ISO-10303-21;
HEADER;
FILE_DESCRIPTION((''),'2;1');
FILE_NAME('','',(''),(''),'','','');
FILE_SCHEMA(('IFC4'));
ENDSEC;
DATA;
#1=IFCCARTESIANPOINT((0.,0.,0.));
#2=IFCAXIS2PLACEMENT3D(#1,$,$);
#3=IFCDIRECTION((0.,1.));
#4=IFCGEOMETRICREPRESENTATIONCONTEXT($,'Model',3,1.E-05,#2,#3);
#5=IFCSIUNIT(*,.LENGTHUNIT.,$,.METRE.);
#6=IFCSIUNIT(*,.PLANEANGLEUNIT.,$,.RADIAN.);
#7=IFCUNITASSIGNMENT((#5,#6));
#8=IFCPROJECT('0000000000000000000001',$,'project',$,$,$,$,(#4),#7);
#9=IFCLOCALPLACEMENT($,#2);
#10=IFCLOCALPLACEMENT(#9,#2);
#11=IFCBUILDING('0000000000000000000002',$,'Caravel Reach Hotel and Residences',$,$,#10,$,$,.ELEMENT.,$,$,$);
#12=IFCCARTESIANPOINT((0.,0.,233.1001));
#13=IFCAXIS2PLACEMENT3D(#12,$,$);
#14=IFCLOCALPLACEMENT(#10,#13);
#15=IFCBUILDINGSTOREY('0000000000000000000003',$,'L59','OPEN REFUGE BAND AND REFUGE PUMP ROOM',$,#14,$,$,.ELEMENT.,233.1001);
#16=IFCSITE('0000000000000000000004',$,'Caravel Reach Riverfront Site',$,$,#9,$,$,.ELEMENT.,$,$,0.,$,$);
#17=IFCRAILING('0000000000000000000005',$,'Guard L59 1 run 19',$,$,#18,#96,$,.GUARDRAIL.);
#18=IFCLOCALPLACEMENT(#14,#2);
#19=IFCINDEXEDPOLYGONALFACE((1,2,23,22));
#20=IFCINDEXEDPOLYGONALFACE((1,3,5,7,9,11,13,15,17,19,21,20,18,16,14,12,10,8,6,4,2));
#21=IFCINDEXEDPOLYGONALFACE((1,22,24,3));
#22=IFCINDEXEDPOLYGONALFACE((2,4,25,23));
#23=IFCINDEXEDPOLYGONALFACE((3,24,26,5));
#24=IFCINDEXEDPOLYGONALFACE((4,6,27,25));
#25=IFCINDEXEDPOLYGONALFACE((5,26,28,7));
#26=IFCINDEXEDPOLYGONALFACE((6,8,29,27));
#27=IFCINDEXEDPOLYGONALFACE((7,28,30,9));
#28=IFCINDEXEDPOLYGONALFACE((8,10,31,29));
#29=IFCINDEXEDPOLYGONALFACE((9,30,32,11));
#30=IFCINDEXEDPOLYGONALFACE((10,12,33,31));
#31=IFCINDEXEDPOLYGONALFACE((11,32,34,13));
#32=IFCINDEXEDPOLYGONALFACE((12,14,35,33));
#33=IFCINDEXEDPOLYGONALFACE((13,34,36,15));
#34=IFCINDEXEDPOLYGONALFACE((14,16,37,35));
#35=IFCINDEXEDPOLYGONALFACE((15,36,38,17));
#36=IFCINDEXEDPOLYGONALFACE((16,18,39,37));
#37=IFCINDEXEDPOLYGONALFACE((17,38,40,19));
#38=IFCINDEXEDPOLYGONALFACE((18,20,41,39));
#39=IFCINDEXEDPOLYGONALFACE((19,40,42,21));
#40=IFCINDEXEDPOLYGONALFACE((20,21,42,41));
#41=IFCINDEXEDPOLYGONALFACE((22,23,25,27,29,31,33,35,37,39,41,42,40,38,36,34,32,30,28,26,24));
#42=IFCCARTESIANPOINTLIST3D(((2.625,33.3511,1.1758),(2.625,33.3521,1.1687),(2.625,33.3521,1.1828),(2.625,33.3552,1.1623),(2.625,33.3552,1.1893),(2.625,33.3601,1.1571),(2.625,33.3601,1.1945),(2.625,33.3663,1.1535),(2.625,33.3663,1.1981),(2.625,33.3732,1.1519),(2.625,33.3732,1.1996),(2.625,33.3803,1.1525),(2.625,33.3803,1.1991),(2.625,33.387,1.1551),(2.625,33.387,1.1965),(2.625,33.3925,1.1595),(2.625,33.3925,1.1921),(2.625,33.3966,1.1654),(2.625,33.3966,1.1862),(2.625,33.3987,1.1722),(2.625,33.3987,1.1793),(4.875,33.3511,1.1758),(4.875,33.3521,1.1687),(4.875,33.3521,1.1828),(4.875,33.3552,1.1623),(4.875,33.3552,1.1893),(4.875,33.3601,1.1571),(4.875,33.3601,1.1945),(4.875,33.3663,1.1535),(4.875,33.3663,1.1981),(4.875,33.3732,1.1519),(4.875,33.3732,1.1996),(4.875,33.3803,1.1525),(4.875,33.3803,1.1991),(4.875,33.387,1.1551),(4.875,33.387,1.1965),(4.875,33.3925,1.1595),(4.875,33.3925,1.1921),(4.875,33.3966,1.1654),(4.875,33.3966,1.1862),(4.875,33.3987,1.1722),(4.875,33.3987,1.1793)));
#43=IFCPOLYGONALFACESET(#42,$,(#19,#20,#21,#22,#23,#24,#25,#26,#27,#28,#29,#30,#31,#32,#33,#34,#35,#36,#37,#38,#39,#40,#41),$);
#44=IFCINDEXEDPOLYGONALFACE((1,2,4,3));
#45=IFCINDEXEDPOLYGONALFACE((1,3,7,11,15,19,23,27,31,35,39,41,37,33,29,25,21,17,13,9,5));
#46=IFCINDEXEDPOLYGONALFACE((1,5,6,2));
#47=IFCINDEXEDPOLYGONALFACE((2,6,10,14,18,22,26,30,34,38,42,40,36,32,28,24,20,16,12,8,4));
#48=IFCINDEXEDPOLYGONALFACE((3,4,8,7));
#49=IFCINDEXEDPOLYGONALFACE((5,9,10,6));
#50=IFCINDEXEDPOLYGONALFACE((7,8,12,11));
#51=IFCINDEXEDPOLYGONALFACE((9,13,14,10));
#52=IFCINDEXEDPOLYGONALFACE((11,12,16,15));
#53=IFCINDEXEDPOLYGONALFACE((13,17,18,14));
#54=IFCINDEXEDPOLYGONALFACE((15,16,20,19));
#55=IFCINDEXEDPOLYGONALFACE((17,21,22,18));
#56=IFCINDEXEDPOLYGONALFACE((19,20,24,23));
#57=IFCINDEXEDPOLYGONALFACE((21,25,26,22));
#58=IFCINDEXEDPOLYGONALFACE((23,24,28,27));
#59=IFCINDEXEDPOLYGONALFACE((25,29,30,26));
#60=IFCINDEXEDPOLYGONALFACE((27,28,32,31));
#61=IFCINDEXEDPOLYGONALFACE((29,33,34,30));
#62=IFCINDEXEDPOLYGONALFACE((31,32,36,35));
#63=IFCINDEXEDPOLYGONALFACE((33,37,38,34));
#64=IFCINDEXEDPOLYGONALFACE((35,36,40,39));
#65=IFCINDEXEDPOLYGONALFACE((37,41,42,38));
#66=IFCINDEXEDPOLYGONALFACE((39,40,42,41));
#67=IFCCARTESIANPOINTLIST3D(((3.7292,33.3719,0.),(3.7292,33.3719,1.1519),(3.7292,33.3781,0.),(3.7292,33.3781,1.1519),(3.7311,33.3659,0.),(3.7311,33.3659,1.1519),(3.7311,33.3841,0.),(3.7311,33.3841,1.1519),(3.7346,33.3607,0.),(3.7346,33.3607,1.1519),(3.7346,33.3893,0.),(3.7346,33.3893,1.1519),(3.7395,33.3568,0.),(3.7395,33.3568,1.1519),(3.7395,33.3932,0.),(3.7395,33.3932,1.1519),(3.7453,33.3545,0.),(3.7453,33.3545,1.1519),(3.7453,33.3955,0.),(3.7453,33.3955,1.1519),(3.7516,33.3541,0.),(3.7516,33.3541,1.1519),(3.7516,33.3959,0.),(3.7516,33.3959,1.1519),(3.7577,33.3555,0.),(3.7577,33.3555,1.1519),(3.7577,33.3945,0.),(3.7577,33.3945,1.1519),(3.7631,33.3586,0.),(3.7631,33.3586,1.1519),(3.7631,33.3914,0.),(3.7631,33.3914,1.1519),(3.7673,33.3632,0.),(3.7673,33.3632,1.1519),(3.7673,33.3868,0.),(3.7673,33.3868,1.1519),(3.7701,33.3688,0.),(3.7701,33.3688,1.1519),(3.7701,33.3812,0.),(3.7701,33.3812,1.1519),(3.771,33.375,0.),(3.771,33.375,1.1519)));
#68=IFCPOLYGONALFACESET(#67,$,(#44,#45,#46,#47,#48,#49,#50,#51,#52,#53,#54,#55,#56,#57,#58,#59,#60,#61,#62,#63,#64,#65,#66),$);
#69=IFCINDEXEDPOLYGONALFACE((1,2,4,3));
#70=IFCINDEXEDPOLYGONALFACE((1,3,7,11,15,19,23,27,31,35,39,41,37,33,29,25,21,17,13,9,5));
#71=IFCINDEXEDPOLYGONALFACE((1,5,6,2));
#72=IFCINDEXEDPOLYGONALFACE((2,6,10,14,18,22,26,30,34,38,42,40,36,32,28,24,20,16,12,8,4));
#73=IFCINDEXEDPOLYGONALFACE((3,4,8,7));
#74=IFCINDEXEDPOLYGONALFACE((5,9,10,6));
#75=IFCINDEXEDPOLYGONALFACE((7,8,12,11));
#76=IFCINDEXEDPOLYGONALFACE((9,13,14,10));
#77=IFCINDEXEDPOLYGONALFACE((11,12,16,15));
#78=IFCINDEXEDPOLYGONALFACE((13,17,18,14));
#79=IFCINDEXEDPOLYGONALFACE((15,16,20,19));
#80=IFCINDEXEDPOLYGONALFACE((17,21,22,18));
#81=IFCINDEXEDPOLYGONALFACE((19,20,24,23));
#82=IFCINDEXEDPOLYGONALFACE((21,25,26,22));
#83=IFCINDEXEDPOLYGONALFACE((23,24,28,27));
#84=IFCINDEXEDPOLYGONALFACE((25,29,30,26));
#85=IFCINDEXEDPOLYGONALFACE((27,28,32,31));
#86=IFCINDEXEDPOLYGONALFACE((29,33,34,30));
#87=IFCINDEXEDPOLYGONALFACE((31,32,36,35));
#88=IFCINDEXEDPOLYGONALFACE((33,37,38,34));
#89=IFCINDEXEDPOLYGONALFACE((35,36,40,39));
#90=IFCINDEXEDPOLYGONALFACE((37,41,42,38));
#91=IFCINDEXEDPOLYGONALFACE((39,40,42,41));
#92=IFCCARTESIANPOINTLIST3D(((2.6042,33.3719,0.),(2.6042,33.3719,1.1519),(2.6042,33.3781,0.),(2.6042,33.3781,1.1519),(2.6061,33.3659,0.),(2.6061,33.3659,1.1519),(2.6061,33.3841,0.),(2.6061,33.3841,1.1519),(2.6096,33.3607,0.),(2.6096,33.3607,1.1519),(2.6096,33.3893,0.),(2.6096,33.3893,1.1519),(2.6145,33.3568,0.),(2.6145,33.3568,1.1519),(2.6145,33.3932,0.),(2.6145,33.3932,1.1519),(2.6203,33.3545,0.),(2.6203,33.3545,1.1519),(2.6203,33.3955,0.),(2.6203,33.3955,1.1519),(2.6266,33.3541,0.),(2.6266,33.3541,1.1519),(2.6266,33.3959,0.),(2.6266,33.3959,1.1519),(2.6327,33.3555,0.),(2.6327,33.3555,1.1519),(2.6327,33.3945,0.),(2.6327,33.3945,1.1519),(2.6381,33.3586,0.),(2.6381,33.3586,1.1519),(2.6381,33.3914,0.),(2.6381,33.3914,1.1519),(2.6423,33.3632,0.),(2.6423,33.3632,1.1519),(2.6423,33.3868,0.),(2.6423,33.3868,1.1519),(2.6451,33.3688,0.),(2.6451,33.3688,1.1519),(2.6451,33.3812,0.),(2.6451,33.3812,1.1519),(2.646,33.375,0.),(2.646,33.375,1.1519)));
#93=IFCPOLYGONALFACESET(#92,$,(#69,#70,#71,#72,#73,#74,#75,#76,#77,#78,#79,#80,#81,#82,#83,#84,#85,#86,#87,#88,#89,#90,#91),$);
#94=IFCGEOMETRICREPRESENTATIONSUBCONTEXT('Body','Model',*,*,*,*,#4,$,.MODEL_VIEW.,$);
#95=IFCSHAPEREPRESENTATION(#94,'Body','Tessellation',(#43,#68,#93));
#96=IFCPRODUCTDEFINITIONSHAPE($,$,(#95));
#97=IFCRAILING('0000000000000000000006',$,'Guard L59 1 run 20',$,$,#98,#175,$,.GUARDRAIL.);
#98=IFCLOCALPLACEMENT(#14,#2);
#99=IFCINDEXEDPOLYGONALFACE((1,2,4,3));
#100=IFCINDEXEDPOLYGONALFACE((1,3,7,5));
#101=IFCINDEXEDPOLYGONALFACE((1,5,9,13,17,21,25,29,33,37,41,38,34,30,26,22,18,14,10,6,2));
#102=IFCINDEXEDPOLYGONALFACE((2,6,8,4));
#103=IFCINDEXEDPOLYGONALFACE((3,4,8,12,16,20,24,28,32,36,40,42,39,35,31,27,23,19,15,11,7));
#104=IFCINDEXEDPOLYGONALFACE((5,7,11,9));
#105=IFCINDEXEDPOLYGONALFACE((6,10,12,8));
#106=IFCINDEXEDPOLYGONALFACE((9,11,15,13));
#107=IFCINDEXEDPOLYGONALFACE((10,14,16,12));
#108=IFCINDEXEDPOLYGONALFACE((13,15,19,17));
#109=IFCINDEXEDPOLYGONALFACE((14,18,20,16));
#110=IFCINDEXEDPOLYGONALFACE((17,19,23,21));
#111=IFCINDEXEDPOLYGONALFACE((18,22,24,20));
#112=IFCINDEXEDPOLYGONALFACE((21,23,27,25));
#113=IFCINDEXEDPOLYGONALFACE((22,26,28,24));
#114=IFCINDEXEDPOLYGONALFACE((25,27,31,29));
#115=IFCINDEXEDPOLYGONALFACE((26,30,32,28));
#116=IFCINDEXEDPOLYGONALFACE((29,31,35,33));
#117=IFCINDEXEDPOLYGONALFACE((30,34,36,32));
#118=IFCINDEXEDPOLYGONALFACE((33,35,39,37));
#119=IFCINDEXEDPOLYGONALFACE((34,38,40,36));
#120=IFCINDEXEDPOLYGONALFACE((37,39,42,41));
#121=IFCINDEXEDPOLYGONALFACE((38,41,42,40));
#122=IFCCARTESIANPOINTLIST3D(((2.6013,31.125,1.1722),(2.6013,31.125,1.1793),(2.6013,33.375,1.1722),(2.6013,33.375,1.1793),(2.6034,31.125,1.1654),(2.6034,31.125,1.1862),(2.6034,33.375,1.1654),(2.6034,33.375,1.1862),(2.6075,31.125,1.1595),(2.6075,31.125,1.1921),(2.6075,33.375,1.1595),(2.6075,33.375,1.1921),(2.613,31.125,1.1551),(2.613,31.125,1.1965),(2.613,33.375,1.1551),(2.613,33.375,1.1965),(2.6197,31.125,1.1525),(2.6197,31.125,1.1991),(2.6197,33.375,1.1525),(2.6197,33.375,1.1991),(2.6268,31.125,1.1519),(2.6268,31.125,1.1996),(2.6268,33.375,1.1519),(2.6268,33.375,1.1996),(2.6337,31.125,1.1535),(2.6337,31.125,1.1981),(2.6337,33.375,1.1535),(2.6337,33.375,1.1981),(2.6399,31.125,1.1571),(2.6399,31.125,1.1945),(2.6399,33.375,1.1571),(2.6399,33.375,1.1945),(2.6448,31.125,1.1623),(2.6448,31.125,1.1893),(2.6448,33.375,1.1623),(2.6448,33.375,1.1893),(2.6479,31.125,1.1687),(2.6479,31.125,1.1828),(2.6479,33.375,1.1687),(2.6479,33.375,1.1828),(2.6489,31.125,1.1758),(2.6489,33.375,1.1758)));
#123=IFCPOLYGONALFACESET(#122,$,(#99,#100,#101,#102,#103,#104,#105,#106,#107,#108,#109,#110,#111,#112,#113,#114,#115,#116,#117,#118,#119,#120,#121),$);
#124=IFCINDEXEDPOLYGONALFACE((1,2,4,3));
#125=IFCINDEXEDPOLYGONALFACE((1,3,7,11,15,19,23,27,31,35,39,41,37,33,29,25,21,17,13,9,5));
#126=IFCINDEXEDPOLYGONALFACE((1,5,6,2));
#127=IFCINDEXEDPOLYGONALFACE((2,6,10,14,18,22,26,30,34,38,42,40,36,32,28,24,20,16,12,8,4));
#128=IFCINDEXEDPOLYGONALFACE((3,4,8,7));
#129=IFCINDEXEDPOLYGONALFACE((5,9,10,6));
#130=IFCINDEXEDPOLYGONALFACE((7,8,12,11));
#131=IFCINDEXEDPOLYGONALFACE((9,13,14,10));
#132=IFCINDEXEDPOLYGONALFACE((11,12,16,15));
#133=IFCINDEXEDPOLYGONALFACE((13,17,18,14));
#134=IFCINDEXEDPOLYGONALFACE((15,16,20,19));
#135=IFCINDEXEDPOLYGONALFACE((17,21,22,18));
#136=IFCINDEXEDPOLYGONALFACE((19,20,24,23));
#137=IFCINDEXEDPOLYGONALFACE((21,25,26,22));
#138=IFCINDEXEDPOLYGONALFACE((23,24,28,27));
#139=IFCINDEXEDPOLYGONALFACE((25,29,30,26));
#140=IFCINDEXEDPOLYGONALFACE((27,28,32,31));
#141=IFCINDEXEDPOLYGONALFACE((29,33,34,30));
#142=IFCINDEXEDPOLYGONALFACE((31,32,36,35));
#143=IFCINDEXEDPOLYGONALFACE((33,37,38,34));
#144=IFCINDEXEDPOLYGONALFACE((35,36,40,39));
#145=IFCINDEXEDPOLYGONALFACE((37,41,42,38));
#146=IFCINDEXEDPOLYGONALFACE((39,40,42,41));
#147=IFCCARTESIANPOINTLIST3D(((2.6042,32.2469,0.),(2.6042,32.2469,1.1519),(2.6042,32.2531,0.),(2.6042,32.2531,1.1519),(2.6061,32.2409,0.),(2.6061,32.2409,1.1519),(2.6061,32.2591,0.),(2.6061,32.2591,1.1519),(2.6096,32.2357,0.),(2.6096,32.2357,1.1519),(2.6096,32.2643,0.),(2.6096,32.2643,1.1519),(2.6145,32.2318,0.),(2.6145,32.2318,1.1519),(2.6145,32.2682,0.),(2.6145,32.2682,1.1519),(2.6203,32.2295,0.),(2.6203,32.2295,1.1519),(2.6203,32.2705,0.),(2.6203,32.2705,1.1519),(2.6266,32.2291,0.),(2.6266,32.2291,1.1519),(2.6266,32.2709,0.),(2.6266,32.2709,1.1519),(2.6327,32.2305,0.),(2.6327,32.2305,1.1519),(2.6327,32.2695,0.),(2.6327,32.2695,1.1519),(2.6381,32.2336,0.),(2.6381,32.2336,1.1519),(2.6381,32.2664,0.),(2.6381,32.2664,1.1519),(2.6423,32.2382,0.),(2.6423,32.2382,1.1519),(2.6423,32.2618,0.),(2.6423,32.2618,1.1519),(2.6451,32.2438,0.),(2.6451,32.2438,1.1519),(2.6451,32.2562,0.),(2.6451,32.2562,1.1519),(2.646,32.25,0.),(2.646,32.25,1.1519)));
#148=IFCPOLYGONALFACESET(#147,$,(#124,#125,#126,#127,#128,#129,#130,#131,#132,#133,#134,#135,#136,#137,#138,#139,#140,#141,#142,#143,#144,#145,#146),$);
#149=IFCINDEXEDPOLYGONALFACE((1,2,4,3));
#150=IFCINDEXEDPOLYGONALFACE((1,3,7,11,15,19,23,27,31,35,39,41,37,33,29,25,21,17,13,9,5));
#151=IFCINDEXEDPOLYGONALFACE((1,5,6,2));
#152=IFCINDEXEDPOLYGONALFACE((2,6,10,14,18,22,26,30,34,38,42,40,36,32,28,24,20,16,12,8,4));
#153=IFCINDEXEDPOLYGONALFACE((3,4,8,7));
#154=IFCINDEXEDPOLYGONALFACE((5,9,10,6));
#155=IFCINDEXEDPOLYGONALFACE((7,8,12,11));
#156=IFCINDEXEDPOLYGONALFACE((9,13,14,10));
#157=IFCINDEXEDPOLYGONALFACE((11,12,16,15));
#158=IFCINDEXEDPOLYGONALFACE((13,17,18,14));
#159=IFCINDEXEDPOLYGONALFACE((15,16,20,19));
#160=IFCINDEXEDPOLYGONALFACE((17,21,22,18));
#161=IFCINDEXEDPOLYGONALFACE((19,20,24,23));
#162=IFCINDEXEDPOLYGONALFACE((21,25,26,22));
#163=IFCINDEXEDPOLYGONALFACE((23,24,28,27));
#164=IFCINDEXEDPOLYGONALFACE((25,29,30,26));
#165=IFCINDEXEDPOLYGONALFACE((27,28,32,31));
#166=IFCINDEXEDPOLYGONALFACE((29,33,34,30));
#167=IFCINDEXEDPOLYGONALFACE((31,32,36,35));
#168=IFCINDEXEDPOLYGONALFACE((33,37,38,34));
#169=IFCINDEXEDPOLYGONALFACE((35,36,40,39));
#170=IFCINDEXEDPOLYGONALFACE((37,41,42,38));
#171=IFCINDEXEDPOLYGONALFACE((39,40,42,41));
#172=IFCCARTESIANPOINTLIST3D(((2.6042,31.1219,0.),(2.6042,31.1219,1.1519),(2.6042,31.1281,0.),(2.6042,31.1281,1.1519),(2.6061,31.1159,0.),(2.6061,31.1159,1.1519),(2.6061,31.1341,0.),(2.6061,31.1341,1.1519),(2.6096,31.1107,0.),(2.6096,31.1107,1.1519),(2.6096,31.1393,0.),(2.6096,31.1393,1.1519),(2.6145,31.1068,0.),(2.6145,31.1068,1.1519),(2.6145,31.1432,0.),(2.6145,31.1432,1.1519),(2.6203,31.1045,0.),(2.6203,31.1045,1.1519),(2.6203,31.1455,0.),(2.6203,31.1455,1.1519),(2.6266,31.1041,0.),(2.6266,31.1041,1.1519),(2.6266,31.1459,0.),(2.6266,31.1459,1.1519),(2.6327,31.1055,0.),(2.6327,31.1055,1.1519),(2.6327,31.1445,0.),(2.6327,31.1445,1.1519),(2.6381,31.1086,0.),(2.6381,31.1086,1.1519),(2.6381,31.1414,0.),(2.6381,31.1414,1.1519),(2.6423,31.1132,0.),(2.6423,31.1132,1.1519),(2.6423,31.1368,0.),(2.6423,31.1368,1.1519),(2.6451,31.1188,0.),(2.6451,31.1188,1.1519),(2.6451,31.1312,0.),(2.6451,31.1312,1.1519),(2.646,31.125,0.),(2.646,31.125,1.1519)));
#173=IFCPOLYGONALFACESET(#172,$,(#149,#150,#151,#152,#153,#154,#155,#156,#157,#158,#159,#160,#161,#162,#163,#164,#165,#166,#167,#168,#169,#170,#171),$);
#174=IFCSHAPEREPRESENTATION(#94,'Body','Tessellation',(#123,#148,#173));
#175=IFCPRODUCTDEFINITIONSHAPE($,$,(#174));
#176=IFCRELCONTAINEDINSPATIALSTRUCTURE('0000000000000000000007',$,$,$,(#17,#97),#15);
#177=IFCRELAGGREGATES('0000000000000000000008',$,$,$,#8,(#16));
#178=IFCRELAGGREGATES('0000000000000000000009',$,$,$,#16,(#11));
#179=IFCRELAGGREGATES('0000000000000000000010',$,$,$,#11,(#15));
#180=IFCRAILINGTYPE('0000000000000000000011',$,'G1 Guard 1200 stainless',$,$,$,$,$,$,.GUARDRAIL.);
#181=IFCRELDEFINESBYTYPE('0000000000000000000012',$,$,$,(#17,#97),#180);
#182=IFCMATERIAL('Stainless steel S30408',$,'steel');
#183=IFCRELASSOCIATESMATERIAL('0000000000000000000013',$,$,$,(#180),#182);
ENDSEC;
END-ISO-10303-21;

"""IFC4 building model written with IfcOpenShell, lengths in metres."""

from ifc_helpers import new_model, si_unit, direction, frame, origin, origin_2d, place, context, subcontext, project, spatial, circle, extrude, material, type_object, element, save


model = new_model("IFC4")

# Units and contexts
model_context = context("Model", 3, precision=1e-05, world=origin(), true_north=direction((0.0, 1.0)))
body_context = subcontext(model_context, "Body", "Model", "MODEL_VIEW")
ifc_project = project(units=[si_unit("LENGTHUNIT", "METRE"), si_unit("PLANEANGLEUNIT", "RADIAN")], contexts=[model_context])

# Site, building, storey
site_placement = place(None, origin())
site = spatial("IfcSite", under=ifc_project, at=site_placement, Name="Caravel Reach Riverfront Site", CompositionType="ELEMENT", RefElevation=0.0)
building_placement = place(site_placement, origin())
building = spatial("IfcBuilding", under=site, at=building_placement, Name="Caravel Reach Hotel and Residences", CompositionType="ELEMENT")
storey_placement = place(building_placement, frame((0.0, 0.0, 233.1001)))
storey = spatial("IfcBuildingStorey", under=building, at=storey_placement, Name="L59", Description="OPEN REFUGE BAND AND REFUGE PUMP ROOM", CompositionType="ELEMENT", Elevation=233.1001)

# Railings
ifc_material_1 = material(Name="Stainless steel S30408", Category="steel")
railing_type = type_object("IfcRailingType", Name="G1 Guard 1200 stainless", PredefinedType="GUARDRAIL", material=ifc_material_1)
railing_1_placement = place(storey_placement, frame((4.875, 33.375, 0.0)))
element("IfcRailing", 1, at=railing_1_placement, inside=storey, type_object=railing_type, Name="Guard L59 1 run 19", PredefinedType="GUARDRAIL", context=body_context, shape_type="SweptSolid", body=[
    extrude(circle(Radius=0.0239, at=origin_2d()), frame((0.0, 0.0, 1.1758), z_axis=(-1.0, 0.0, 0.0), x_axis=(0.0, -1.0, 0.0)), (0.0, 0.0, 1.0), 2.25),
    extrude(circle(Radius=0.021, at=origin_2d()), frame((-1.125, 0.0, 0.0)), (0.0, 0.0, 1.0), 1.1519),
    extrude(circle(Radius=0.021, at=origin_2d()), frame((-2.25, 0.0, 0.0)), (0.0, 0.0, 1.0), 1.1519),
])
railing_2_placement = place(storey_placement, frame((2.625, 33.375, 0.0)))
element("IfcRailing", 2, at=railing_2_placement, inside=storey, type_object=railing_type, Name="Guard L59 1 run 20", PredefinedType="GUARDRAIL", context=body_context, shape_type="SweptSolid", body=[
    extrude(circle(Radius=0.0239, at=origin_2d()), frame((0.0, 0.0, 1.1758), z_axis=(0.0, -1.0, 0.0), x_axis=(1.0, 0.0, 0.0)), (0.0, 0.0, 1.0), 2.25),
    extrude(circle(Radius=0.021, at=origin_2d()), frame((0.0, -1.125, 0.0)), (0.0, 0.0, 1.0), 1.1519),
    extrude(circle(Radius=0.021, at=origin_2d()), frame((0.0, -2.25, 0.0)), (0.0, 0.0, 1.0), 1.1519),
])

save(model, "model.ifc")
